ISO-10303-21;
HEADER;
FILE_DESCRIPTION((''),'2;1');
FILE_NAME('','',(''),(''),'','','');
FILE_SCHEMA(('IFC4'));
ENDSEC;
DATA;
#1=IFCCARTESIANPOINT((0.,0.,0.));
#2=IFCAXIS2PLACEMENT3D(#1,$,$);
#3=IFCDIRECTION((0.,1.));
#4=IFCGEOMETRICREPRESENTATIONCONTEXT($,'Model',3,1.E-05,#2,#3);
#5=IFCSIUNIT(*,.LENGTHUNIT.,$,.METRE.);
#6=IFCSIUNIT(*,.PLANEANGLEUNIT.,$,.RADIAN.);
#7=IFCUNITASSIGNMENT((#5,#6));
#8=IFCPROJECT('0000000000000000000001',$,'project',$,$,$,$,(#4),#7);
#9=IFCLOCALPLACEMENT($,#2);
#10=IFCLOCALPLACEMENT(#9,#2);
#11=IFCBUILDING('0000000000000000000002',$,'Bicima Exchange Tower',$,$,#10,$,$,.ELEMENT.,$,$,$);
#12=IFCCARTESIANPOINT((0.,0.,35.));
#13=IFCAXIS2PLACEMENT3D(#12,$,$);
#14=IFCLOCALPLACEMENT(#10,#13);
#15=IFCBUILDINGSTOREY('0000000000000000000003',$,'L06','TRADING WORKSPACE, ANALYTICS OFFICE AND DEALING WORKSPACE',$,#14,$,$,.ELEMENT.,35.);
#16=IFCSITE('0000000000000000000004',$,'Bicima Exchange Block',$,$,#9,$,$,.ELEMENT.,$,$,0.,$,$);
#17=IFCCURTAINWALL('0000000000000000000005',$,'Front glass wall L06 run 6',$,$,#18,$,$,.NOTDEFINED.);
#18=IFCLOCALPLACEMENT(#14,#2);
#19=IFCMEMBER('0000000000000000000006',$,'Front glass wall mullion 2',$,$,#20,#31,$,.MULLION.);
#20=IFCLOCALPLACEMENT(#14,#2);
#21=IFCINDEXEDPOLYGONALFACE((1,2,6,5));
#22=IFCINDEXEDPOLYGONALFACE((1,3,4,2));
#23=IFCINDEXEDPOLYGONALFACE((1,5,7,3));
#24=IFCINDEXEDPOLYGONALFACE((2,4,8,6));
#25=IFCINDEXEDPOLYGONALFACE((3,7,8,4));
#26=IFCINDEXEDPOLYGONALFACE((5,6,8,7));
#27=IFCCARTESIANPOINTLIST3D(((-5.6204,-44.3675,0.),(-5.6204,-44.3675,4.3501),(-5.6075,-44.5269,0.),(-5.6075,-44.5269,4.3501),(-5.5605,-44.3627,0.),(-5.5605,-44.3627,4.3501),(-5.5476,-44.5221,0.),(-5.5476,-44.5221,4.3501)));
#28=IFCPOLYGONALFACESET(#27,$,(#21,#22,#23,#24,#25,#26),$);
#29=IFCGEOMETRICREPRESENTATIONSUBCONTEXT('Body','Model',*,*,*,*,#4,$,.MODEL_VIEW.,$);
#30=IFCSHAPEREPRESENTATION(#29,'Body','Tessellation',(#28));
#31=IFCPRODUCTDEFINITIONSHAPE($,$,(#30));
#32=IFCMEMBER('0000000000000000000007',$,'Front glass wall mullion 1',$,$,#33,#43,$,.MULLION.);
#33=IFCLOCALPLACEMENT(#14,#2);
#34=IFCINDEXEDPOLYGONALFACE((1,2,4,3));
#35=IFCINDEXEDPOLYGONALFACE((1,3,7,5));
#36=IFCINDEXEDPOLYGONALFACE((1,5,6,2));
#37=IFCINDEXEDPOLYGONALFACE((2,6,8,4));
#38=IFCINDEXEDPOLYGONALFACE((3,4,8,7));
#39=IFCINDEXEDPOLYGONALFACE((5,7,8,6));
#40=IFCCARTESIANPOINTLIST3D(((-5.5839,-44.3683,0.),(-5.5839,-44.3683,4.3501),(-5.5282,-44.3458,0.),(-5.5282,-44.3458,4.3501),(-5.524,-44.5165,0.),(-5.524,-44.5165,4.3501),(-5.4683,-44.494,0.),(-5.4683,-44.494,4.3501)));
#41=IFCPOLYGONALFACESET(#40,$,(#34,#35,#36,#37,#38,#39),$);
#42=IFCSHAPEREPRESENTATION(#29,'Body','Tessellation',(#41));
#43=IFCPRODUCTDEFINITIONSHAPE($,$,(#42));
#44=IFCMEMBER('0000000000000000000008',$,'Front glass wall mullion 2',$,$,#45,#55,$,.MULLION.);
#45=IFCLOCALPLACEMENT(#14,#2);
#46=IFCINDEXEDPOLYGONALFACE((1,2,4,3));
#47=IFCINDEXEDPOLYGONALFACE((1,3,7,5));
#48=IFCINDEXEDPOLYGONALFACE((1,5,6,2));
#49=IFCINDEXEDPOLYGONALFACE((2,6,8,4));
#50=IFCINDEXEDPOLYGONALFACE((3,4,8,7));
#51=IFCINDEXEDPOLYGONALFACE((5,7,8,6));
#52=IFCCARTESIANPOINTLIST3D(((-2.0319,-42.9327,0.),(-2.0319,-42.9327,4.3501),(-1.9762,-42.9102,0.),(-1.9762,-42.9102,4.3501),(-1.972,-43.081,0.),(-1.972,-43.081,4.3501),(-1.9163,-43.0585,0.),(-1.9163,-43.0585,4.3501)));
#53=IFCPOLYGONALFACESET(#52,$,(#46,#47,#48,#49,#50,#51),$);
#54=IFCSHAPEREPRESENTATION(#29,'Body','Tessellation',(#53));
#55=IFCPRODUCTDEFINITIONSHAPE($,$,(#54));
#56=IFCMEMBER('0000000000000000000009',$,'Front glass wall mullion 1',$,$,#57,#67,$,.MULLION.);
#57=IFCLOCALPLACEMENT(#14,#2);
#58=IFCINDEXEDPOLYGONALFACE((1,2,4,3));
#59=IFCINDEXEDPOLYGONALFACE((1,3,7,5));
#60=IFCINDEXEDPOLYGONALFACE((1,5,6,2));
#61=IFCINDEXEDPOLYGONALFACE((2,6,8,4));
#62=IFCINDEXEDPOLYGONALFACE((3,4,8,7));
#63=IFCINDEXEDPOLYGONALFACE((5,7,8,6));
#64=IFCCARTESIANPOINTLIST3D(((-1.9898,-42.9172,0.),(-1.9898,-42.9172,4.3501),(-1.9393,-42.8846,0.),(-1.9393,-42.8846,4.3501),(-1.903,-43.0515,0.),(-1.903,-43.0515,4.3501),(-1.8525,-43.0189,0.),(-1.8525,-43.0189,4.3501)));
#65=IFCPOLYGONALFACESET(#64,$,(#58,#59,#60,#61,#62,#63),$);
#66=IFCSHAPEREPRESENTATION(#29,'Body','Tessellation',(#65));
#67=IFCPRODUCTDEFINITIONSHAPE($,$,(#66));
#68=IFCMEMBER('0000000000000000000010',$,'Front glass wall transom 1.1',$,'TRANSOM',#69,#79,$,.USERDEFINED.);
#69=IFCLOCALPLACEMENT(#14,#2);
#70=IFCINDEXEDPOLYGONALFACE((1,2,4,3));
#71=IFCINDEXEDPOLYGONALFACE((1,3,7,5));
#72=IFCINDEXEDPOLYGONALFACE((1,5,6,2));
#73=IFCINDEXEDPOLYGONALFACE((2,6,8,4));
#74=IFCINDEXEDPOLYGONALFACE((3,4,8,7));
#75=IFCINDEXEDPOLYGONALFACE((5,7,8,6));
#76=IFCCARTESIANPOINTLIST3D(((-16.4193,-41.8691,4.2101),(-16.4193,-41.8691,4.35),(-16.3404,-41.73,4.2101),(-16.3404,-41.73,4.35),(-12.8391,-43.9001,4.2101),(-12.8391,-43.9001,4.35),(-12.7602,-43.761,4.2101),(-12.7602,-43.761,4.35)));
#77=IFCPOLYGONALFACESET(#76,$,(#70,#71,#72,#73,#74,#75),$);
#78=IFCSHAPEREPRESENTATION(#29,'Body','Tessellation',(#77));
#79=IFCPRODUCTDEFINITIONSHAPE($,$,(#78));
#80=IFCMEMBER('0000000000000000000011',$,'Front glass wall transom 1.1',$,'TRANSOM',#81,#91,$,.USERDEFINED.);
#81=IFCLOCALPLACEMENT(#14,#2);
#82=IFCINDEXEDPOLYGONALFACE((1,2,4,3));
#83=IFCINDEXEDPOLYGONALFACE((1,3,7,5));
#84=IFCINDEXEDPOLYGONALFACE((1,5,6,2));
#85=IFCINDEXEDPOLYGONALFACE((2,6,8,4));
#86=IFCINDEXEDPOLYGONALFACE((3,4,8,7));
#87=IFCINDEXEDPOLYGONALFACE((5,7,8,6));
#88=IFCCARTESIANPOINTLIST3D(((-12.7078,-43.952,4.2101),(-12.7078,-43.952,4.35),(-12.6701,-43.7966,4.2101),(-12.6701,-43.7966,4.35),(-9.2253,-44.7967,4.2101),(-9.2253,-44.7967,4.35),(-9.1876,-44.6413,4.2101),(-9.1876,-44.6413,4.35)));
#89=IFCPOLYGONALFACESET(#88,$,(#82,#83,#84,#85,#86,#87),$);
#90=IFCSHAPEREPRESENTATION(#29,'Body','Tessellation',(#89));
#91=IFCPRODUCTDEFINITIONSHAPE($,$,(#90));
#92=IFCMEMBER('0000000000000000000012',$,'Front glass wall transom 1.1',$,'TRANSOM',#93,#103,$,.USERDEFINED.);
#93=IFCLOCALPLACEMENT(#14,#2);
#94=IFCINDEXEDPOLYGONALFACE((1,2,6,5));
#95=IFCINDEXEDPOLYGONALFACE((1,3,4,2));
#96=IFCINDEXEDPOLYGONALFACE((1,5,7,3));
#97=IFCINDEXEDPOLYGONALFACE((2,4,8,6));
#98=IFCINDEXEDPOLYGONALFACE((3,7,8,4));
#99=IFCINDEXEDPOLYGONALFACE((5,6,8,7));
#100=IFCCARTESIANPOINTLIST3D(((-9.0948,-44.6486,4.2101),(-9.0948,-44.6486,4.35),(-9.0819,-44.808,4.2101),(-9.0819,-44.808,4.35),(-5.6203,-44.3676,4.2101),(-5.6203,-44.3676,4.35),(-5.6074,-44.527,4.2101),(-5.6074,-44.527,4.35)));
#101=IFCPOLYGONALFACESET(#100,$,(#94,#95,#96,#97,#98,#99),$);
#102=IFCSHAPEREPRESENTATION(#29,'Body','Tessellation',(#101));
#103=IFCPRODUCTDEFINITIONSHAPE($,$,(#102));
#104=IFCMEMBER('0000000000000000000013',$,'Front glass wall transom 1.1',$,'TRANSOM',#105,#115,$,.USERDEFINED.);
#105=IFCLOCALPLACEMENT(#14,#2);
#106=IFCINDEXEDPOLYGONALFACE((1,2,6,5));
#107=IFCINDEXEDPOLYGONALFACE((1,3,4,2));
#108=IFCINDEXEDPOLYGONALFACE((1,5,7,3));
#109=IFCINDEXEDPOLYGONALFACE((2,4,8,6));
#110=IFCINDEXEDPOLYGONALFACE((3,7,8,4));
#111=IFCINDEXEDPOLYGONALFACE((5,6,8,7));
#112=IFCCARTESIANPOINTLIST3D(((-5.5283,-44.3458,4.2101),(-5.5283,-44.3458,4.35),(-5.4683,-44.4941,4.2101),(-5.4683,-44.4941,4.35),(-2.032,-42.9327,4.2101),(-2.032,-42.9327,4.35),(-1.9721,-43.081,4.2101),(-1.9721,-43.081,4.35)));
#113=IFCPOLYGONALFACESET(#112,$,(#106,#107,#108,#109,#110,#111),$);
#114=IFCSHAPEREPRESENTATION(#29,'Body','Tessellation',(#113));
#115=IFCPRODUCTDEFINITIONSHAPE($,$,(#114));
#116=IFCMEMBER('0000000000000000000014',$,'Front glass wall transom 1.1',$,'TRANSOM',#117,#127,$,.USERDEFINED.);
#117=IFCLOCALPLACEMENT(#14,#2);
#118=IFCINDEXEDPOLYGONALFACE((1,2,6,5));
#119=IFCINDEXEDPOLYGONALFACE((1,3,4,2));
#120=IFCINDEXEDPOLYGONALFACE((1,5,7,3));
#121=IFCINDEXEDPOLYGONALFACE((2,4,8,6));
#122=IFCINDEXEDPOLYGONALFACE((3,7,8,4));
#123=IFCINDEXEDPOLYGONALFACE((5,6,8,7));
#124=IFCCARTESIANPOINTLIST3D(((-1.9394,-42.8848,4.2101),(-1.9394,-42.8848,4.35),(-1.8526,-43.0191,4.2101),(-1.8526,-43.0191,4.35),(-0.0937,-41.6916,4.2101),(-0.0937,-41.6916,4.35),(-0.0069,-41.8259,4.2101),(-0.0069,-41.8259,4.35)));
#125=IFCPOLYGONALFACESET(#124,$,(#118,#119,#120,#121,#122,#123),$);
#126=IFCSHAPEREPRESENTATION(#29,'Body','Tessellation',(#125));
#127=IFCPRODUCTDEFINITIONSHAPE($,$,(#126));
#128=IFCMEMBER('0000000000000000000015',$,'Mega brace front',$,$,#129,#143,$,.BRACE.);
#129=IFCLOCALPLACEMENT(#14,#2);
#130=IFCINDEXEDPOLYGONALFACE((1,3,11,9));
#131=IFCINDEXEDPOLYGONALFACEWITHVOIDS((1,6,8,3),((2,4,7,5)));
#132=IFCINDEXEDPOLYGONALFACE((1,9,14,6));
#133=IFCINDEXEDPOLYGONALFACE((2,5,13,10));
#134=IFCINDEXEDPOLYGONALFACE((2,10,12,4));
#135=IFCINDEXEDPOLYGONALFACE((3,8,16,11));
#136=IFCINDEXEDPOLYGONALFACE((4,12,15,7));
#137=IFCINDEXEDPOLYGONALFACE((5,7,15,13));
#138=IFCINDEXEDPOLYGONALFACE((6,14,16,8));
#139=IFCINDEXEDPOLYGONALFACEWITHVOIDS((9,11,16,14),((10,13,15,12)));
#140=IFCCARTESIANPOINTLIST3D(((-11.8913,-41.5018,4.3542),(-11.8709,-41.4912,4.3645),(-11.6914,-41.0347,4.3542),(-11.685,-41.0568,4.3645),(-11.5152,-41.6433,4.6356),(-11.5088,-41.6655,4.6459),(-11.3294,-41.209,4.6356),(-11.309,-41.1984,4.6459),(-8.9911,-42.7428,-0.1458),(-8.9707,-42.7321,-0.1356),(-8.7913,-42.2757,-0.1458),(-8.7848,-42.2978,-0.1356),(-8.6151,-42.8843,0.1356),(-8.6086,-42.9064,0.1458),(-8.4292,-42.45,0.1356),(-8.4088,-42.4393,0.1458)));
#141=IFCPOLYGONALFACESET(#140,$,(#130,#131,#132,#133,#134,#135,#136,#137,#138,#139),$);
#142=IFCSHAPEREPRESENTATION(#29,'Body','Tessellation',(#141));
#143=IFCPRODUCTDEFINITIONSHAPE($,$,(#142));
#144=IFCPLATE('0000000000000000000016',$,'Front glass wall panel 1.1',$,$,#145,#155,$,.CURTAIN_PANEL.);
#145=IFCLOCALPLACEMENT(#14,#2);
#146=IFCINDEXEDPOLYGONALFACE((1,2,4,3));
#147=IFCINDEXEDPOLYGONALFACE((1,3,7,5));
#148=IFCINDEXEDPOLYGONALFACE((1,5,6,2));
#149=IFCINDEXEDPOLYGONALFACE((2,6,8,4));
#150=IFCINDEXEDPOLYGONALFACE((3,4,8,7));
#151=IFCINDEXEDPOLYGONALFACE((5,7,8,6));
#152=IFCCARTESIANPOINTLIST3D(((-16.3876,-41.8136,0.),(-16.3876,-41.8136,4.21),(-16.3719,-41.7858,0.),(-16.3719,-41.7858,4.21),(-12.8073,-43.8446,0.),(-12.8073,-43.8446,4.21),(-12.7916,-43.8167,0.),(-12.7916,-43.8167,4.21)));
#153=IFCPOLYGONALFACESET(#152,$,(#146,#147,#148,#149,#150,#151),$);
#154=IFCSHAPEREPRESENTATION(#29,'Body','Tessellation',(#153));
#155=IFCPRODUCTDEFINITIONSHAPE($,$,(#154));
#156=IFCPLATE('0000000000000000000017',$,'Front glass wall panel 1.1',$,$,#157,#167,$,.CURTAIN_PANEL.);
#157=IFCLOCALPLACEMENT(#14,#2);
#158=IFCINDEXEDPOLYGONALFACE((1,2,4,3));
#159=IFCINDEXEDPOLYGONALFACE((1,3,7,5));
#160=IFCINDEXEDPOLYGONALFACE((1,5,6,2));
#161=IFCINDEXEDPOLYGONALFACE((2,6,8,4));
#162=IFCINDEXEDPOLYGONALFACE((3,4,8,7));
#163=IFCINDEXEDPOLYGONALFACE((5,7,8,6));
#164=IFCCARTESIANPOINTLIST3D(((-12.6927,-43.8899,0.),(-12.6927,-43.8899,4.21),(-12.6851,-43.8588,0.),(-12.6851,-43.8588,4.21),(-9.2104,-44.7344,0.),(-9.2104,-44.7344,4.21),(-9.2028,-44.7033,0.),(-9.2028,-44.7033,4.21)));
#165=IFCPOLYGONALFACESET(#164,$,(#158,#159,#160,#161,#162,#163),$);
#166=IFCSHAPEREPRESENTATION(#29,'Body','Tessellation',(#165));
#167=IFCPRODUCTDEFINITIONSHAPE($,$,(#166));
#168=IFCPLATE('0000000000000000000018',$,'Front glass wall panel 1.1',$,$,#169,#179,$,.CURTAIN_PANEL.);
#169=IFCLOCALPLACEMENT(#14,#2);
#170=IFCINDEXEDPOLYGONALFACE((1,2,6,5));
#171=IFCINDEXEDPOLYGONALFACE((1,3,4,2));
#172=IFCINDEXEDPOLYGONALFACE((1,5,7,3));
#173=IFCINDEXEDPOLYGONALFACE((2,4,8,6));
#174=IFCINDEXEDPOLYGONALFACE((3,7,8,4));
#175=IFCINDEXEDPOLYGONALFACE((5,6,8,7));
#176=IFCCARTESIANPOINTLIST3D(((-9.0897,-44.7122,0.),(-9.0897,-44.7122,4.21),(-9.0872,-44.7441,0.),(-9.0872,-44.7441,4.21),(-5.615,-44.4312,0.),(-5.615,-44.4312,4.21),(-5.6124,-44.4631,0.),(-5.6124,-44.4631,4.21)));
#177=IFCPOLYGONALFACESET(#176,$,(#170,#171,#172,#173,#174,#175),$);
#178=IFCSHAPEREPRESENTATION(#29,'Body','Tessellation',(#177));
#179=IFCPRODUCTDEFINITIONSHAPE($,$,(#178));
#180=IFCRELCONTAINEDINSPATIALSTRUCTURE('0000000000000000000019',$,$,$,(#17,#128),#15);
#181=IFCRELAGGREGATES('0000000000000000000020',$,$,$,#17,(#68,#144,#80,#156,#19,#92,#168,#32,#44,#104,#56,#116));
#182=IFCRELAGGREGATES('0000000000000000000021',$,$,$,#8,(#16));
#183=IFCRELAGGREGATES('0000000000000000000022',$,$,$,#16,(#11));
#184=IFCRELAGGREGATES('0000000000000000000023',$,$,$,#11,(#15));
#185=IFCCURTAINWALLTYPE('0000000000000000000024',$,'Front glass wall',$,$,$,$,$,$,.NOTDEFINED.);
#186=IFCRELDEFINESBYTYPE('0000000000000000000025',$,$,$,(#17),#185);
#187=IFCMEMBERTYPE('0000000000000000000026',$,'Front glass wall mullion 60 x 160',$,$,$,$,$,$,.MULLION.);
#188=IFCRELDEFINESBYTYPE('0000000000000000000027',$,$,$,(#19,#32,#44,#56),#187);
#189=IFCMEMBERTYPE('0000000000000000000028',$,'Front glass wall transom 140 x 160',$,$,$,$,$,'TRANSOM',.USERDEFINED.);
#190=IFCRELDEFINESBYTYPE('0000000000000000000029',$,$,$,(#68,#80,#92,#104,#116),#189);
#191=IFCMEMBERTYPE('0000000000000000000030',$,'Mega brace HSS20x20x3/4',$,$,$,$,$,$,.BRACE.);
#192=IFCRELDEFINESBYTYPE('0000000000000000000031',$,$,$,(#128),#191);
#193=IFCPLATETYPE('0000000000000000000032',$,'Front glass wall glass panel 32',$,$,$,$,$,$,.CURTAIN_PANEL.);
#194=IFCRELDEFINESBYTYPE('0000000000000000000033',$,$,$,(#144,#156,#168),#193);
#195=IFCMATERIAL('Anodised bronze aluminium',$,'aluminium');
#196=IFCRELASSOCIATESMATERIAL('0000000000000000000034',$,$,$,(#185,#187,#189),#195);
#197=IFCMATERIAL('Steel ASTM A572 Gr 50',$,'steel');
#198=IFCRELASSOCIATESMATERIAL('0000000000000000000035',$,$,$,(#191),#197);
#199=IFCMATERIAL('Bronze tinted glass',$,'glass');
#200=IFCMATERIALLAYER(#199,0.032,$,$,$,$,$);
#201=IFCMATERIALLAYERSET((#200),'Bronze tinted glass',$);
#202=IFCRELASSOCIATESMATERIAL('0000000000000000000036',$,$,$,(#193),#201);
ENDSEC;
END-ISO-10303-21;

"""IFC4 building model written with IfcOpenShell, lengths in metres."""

from ifc_helpers import new_model, si_unit, direction, frame, origin, origin_2d, place, context, subcontext, project, spatial, rectangle, hollow_rectangle, extrude, material, layer, layer_set, material_profile, profile_set, type_object, element, aggregate, save


model = new_model("IFC4")

# Units and contexts
model_context = context("Model", 3, precision=1e-05, world=origin(), true_north=direction((0.0, 1.0)))
body_context = subcontext(model_context, "Body", "Model", "MODEL_VIEW")
ifc_project = project(units=[si_unit("LENGTHUNIT", "METRE"), si_unit("PLANEANGLEUNIT", "RADIAN")], contexts=[model_context])

# Site, building, storey
site_placement = place(None, origin())
site = spatial("IfcSite", under=ifc_project, at=site_placement, Name="Bicima Exchange Block", CompositionType="ELEMENT", RefElevation=0.0)
building_placement = place(site_placement, origin())
building = spatial("IfcBuilding", under=site, at=building_placement, Name="Bicima Exchange Tower", CompositionType="ELEMENT")
storey_placement = place(building_placement, frame((0.0, 0.0, 35.0)))
storey = spatial("IfcBuildingStorey", under=building, at=storey_placement, Name="L06", Description="TRADING WORKSPACE, ANALYTICS OFFICE AND DEALING WORKSPACE", CompositionType="ELEMENT", Elevation=35.0)

# Shared definitions
ifc_material_1 = material(Name="Steel ASTM A572 Gr 50", Category="steel")

# Curtain wall, members
ifc_material_2 = material(Name="Anodised bronze aluminium", Category="aluminium")
curtain_wall_type = type_object("IfcCurtainWallType", Name="Front glass wall", PredefinedType="NOTDEFINED", material=ifc_material_2)
curtain_wall_placement = place(storey_placement, origin())
curtain_wall = element("IfcCurtainWall", 1, at=curtain_wall_placement, inside=storey, type_object=curtain_wall_type, Name="Front glass wall L06 run 6", PredefinedType="NOTDEFINED")
ifc_material_profile_1 = material_profile(ifc_material_2, rectangle(XDim=0.1599, YDim=0.0601, at=origin_2d()))
ifc_profile_set_1 = profile_set([ifc_material_profile_1], Name="Anodised bronze aluminium")
member_type_1 = type_object("IfcMemberType", Name="Front glass wall mullion 60 x 160", PredefinedType="MULLION", material=ifc_profile_set_1)
member_1_placement = place(storey_placement, frame((-5.584, -44.4448, 0.0), z_axis=(0.0, 0.0, 1.0), x_axis=(-0.080589, 0.996747, 0.0)))
member_1 = element("IfcMember", 2, at=member_1_placement, type_object=member_type_1, Name="Front glass wall mullion 2", PredefinedType="MULLION", context=body_context, shape_type="SweptSolid", body=[
    extrude(rectangle(XDim=0.1599, YDim=0.0601, at=origin_2d()), origin(), (0.0, 0.0, 1.0), 4.3501),
])
member_2_placement = place(storey_placement, frame((-5.5261, -44.4312, 0.0), z_axis=(0.0, 0.0, 1.0), x_axis=(-0.374705, 0.927144, 0.0)))
member_2 = element("IfcMember", 3, at=member_2_placement, type_object=member_type_1, Name="Front glass wall mullion 1", PredefinedType="MULLION", context=body_context, shape_type="SweptSolid", body=[
    extrude(rectangle(XDim=0.1599, YDim=0.0601, at=origin_2d()), origin(), (0.0, 0.0, 1.0), 4.3501),
])
member_3_placement = place(storey_placement, frame((-1.9741, -42.9956, 0.0), z_axis=(0.0, 0.0, 1.0), x_axis=(-0.374705, 0.927144, 0.0)))
member_3 = element("IfcMember", 4, at=member_3_placement, type_object=member_type_1, Name="Front glass wall mullion 2", PredefinedType="MULLION", context=body_context, shape_type="SweptSolid", body=[
    extrude(rectangle(XDim=0.1599, YDim=0.0601, at=origin_2d()), origin(), (0.0, 0.0, 1.0), 4.3501),
])
member_4_placement = place(storey_placement, frame((-1.9211, -42.968, 0.0), z_axis=(0.0, 0.0, 1.0), x_axis=(-0.542897, 0.839799, 0.0)))
member_4 = element("IfcMember", 5, at=member_4_placement, type_object=member_type_1, Name="Front glass wall mullion 1", PredefinedType="MULLION", context=body_context, shape_type="SweptSolid", body=[
    extrude(rectangle(XDim=0.1599, YDim=0.0601, at=origin_2d()), origin(), (0.0, 0.0, 1.0), 4.3501),
])
ifc_material_profile_2 = material_profile(ifc_material_2, rectangle(XDim=0.1599, YDim=0.1399, at=origin_2d()))
ifc_profile_set_2 = profile_set([ifc_material_profile_2], Name="Anodised bronze aluminium")
member_type_2 = type_object("IfcMemberType", Name="Front glass wall transom 140 x 160", ElementType="TRANSOM", PredefinedType="USERDEFINED", material=ifc_profile_set_2)
member_5_placement = place(storey_placement, frame((-16.3799, -41.7996, 4.28), z_axis=(0.869797, -0.493409, 0.0), x_axis=(0.493409, 0.869797, 0.0)))
member_5 = element("IfcMember", 6, at=member_5_placement, type_object=member_type_2, Name="Front glass wall transom 1.1", ObjectType="TRANSOM", PredefinedType="USERDEFINED", context=body_context, shape_type="SweptSolid", body=[
    extrude(rectangle(XDim=0.1599, YDim=0.1399, at=origin_2d()), origin(), (0.0, 0.0, 1.0), 4.1162),
])
member_6_placement = place(storey_placement, frame((-12.689, -43.8743, 4.28), z_axis=(0.971818, -0.235733, 0.0), x_axis=(0.235733, 0.971818, 0.0)))
member_6 = element("IfcMember", 7, at=member_6_placement, type_object=member_type_2, Name="Front glass wall transom 1.1", ObjectType="TRANSOM", PredefinedType="USERDEFINED", context=body_context, shape_type="SweptSolid", body=[
    extrude(rectangle(XDim=0.1599, YDim=0.1399, at=origin_2d()), origin(), (0.0, 0.0, 1.0), 3.5835),
])
member_7_placement = place(storey_placement, frame((-9.0884, -44.7283, 4.28), z_axis=(0.996746, 0.080611, 0.0), x_axis=(-0.080611, 0.996746, 0.0)))
member_7 = element("IfcMember", 8, at=member_7_placement, type_object=member_type_2, Name="Front glass wall transom 1.1", ObjectType="TRANSOM", PredefinedType="USERDEFINED", context=body_context, shape_type="SweptSolid", body=[
    extrude(rectangle(XDim=0.1599, YDim=0.1399, at=origin_2d()), origin(), (0.0, 0.0, 1.0), 3.4858),
])
member_8_placement = place(storey_placement, frame((-5.4983, -44.4199, 4.28), z_axis=(0.92714, 0.374715, 0.0), x_axis=(-0.374715, 0.92714, 0.0)))
member_8 = element("IfcMember", 9, at=member_8_placement, type_object=member_type_2, Name="Front glass wall transom 1.1", ObjectType="TRANSOM", PredefinedType="USERDEFINED", context=body_context, shape_type="SweptSolid", body=[
    extrude(rectangle(XDim=0.1599, YDim=0.1399, at=origin_2d()), origin(), (0.0, 0.0, 1.0), 3.771),
])
member_9_placement = place(storey_placement, frame((-1.896, -42.9519, 4.28), z_axis=(0.839811, 0.542878, 0.0), x_axis=(-0.542878, 0.839811, 0.0)))
member_9 = element("IfcMember", 10, at=member_9_placement, type_object=member_type_2, Name="Front glass wall transom 1.1", ObjectType="TRANSOM", PredefinedType="USERDEFINED", context=body_context, shape_type="SweptSolid", body=[
    extrude(rectangle(XDim=0.1599, YDim=0.1399, at=origin_2d()), origin(), (0.0, 0.0, 1.0), 2.1978),
])

# Member
ifc_material_profile_3 = material_profile(ifc_material_1, hollow_rectangle(XDim=0.5081, YDim=0.5081, WallThickness=0.0178, at=origin_2d()))
ifc_profile_set_3 = profile_set([ifc_material_profile_3], Name="Steel ASTM A572 Gr 50")
member_type_3 = type_object("IfcMemberType", Name="Mega brace HSS20x20x3/4", PredefinedType="BRACE", material=ifc_profile_set_3)
member_10_placement = place(storey_placement, frame((-8.7, -42.5911, 0.0), z_axis=(-0.527728, 0.225814, 0.818847), x_axis=(-0.393396, -0.919369, 0.0)))
element("IfcMember", 11, at=member_10_placement, inside=storey, type_object=member_type_3, Name="Mega brace front", PredefinedType="BRACE", context=body_context, shape_type="SweptSolid", body=[
    extrude(hollow_rectangle(XDim=0.5081, YDim=0.5081, WallThickness=0.0178, at=origin_2d()), origin(), (0.0, 0.0, 1.0), 5.4956),
])

# Plates
ifc_material_3 = material(Name="Bronze tinted glass", Category="glass")
ifc_layer_1 = layer(ifc_material_3, 0.032)
ifc_layer_set_1 = layer_set([ifc_layer_1], Name="Bronze tinted glass")
plate_type_1 = type_object("IfcPlateType", Name="Front glass wall glass panel 32", PredefinedType="CURTAIN_PANEL", material=ifc_layer_set_1)
plate_1_placement = place(storey_placement, frame((-14.5896, -42.8152, 0.0), z_axis=(0.0, 0.0, 1.0), x_axis=(0.869805, -0.493395, 0.0)))
plate_1 = element("IfcPlate", 12, at=plate_1_placement, type_object=plate_type_1, Name="Front glass wall panel 1.1", PredefinedType="CURTAIN_PANEL", context=body_context, shape_type="SweptSolid", body=[
    extrude(rectangle(XDim=4.1162, YDim=0.032, at=origin_2d()), origin(), (0.0, 0.0, 1.0), 4.21),
])
plate_2_placement = place(storey_placement, frame((-10.9478, -44.2966, 0.0), z_axis=(0.0, 0.0, 1.0), x_axis=(0.97183, -0.235682, 0.0)))
plate_2 = element("IfcPlate", 13, at=plate_2_placement, type_object=plate_type_1, Name="Front glass wall panel 1.1", PredefinedType="CURTAIN_PANEL", context=body_context, shape_type="SweptSolid", body=[
    extrude(rectangle(XDim=3.5833, YDim=0.032, at=origin_2d()), origin(), (0.0, 0.0, 1.0), 4.21),
])
plate_3_placement = place(storey_placement, frame((-7.3511, -44.5876, 0.0), z_axis=(0.0, 0.0, 1.0), x_axis=(0.996747, 0.080589, 0.0)))
plate_3 = element("IfcPlate", 14, at=plate_3_placement, type_object=plate_type_1, Name="Front glass wall panel 1.1", PredefinedType="CURTAIN_PANEL", context=body_context, shape_type="SweptSolid", body=[
    extrude(rectangle(XDim=3.4861, YDim=0.032, at=origin_2d()), origin(), (0.0, 0.0, 1.0), 4.21),
])
aggregate(curtain_wall, [member_5, plate_1, member_6, plate_2, member_1, member_7, plate_3, member_2, member_3, member_8, member_4, member_9])

save(model, "model.ifc")
